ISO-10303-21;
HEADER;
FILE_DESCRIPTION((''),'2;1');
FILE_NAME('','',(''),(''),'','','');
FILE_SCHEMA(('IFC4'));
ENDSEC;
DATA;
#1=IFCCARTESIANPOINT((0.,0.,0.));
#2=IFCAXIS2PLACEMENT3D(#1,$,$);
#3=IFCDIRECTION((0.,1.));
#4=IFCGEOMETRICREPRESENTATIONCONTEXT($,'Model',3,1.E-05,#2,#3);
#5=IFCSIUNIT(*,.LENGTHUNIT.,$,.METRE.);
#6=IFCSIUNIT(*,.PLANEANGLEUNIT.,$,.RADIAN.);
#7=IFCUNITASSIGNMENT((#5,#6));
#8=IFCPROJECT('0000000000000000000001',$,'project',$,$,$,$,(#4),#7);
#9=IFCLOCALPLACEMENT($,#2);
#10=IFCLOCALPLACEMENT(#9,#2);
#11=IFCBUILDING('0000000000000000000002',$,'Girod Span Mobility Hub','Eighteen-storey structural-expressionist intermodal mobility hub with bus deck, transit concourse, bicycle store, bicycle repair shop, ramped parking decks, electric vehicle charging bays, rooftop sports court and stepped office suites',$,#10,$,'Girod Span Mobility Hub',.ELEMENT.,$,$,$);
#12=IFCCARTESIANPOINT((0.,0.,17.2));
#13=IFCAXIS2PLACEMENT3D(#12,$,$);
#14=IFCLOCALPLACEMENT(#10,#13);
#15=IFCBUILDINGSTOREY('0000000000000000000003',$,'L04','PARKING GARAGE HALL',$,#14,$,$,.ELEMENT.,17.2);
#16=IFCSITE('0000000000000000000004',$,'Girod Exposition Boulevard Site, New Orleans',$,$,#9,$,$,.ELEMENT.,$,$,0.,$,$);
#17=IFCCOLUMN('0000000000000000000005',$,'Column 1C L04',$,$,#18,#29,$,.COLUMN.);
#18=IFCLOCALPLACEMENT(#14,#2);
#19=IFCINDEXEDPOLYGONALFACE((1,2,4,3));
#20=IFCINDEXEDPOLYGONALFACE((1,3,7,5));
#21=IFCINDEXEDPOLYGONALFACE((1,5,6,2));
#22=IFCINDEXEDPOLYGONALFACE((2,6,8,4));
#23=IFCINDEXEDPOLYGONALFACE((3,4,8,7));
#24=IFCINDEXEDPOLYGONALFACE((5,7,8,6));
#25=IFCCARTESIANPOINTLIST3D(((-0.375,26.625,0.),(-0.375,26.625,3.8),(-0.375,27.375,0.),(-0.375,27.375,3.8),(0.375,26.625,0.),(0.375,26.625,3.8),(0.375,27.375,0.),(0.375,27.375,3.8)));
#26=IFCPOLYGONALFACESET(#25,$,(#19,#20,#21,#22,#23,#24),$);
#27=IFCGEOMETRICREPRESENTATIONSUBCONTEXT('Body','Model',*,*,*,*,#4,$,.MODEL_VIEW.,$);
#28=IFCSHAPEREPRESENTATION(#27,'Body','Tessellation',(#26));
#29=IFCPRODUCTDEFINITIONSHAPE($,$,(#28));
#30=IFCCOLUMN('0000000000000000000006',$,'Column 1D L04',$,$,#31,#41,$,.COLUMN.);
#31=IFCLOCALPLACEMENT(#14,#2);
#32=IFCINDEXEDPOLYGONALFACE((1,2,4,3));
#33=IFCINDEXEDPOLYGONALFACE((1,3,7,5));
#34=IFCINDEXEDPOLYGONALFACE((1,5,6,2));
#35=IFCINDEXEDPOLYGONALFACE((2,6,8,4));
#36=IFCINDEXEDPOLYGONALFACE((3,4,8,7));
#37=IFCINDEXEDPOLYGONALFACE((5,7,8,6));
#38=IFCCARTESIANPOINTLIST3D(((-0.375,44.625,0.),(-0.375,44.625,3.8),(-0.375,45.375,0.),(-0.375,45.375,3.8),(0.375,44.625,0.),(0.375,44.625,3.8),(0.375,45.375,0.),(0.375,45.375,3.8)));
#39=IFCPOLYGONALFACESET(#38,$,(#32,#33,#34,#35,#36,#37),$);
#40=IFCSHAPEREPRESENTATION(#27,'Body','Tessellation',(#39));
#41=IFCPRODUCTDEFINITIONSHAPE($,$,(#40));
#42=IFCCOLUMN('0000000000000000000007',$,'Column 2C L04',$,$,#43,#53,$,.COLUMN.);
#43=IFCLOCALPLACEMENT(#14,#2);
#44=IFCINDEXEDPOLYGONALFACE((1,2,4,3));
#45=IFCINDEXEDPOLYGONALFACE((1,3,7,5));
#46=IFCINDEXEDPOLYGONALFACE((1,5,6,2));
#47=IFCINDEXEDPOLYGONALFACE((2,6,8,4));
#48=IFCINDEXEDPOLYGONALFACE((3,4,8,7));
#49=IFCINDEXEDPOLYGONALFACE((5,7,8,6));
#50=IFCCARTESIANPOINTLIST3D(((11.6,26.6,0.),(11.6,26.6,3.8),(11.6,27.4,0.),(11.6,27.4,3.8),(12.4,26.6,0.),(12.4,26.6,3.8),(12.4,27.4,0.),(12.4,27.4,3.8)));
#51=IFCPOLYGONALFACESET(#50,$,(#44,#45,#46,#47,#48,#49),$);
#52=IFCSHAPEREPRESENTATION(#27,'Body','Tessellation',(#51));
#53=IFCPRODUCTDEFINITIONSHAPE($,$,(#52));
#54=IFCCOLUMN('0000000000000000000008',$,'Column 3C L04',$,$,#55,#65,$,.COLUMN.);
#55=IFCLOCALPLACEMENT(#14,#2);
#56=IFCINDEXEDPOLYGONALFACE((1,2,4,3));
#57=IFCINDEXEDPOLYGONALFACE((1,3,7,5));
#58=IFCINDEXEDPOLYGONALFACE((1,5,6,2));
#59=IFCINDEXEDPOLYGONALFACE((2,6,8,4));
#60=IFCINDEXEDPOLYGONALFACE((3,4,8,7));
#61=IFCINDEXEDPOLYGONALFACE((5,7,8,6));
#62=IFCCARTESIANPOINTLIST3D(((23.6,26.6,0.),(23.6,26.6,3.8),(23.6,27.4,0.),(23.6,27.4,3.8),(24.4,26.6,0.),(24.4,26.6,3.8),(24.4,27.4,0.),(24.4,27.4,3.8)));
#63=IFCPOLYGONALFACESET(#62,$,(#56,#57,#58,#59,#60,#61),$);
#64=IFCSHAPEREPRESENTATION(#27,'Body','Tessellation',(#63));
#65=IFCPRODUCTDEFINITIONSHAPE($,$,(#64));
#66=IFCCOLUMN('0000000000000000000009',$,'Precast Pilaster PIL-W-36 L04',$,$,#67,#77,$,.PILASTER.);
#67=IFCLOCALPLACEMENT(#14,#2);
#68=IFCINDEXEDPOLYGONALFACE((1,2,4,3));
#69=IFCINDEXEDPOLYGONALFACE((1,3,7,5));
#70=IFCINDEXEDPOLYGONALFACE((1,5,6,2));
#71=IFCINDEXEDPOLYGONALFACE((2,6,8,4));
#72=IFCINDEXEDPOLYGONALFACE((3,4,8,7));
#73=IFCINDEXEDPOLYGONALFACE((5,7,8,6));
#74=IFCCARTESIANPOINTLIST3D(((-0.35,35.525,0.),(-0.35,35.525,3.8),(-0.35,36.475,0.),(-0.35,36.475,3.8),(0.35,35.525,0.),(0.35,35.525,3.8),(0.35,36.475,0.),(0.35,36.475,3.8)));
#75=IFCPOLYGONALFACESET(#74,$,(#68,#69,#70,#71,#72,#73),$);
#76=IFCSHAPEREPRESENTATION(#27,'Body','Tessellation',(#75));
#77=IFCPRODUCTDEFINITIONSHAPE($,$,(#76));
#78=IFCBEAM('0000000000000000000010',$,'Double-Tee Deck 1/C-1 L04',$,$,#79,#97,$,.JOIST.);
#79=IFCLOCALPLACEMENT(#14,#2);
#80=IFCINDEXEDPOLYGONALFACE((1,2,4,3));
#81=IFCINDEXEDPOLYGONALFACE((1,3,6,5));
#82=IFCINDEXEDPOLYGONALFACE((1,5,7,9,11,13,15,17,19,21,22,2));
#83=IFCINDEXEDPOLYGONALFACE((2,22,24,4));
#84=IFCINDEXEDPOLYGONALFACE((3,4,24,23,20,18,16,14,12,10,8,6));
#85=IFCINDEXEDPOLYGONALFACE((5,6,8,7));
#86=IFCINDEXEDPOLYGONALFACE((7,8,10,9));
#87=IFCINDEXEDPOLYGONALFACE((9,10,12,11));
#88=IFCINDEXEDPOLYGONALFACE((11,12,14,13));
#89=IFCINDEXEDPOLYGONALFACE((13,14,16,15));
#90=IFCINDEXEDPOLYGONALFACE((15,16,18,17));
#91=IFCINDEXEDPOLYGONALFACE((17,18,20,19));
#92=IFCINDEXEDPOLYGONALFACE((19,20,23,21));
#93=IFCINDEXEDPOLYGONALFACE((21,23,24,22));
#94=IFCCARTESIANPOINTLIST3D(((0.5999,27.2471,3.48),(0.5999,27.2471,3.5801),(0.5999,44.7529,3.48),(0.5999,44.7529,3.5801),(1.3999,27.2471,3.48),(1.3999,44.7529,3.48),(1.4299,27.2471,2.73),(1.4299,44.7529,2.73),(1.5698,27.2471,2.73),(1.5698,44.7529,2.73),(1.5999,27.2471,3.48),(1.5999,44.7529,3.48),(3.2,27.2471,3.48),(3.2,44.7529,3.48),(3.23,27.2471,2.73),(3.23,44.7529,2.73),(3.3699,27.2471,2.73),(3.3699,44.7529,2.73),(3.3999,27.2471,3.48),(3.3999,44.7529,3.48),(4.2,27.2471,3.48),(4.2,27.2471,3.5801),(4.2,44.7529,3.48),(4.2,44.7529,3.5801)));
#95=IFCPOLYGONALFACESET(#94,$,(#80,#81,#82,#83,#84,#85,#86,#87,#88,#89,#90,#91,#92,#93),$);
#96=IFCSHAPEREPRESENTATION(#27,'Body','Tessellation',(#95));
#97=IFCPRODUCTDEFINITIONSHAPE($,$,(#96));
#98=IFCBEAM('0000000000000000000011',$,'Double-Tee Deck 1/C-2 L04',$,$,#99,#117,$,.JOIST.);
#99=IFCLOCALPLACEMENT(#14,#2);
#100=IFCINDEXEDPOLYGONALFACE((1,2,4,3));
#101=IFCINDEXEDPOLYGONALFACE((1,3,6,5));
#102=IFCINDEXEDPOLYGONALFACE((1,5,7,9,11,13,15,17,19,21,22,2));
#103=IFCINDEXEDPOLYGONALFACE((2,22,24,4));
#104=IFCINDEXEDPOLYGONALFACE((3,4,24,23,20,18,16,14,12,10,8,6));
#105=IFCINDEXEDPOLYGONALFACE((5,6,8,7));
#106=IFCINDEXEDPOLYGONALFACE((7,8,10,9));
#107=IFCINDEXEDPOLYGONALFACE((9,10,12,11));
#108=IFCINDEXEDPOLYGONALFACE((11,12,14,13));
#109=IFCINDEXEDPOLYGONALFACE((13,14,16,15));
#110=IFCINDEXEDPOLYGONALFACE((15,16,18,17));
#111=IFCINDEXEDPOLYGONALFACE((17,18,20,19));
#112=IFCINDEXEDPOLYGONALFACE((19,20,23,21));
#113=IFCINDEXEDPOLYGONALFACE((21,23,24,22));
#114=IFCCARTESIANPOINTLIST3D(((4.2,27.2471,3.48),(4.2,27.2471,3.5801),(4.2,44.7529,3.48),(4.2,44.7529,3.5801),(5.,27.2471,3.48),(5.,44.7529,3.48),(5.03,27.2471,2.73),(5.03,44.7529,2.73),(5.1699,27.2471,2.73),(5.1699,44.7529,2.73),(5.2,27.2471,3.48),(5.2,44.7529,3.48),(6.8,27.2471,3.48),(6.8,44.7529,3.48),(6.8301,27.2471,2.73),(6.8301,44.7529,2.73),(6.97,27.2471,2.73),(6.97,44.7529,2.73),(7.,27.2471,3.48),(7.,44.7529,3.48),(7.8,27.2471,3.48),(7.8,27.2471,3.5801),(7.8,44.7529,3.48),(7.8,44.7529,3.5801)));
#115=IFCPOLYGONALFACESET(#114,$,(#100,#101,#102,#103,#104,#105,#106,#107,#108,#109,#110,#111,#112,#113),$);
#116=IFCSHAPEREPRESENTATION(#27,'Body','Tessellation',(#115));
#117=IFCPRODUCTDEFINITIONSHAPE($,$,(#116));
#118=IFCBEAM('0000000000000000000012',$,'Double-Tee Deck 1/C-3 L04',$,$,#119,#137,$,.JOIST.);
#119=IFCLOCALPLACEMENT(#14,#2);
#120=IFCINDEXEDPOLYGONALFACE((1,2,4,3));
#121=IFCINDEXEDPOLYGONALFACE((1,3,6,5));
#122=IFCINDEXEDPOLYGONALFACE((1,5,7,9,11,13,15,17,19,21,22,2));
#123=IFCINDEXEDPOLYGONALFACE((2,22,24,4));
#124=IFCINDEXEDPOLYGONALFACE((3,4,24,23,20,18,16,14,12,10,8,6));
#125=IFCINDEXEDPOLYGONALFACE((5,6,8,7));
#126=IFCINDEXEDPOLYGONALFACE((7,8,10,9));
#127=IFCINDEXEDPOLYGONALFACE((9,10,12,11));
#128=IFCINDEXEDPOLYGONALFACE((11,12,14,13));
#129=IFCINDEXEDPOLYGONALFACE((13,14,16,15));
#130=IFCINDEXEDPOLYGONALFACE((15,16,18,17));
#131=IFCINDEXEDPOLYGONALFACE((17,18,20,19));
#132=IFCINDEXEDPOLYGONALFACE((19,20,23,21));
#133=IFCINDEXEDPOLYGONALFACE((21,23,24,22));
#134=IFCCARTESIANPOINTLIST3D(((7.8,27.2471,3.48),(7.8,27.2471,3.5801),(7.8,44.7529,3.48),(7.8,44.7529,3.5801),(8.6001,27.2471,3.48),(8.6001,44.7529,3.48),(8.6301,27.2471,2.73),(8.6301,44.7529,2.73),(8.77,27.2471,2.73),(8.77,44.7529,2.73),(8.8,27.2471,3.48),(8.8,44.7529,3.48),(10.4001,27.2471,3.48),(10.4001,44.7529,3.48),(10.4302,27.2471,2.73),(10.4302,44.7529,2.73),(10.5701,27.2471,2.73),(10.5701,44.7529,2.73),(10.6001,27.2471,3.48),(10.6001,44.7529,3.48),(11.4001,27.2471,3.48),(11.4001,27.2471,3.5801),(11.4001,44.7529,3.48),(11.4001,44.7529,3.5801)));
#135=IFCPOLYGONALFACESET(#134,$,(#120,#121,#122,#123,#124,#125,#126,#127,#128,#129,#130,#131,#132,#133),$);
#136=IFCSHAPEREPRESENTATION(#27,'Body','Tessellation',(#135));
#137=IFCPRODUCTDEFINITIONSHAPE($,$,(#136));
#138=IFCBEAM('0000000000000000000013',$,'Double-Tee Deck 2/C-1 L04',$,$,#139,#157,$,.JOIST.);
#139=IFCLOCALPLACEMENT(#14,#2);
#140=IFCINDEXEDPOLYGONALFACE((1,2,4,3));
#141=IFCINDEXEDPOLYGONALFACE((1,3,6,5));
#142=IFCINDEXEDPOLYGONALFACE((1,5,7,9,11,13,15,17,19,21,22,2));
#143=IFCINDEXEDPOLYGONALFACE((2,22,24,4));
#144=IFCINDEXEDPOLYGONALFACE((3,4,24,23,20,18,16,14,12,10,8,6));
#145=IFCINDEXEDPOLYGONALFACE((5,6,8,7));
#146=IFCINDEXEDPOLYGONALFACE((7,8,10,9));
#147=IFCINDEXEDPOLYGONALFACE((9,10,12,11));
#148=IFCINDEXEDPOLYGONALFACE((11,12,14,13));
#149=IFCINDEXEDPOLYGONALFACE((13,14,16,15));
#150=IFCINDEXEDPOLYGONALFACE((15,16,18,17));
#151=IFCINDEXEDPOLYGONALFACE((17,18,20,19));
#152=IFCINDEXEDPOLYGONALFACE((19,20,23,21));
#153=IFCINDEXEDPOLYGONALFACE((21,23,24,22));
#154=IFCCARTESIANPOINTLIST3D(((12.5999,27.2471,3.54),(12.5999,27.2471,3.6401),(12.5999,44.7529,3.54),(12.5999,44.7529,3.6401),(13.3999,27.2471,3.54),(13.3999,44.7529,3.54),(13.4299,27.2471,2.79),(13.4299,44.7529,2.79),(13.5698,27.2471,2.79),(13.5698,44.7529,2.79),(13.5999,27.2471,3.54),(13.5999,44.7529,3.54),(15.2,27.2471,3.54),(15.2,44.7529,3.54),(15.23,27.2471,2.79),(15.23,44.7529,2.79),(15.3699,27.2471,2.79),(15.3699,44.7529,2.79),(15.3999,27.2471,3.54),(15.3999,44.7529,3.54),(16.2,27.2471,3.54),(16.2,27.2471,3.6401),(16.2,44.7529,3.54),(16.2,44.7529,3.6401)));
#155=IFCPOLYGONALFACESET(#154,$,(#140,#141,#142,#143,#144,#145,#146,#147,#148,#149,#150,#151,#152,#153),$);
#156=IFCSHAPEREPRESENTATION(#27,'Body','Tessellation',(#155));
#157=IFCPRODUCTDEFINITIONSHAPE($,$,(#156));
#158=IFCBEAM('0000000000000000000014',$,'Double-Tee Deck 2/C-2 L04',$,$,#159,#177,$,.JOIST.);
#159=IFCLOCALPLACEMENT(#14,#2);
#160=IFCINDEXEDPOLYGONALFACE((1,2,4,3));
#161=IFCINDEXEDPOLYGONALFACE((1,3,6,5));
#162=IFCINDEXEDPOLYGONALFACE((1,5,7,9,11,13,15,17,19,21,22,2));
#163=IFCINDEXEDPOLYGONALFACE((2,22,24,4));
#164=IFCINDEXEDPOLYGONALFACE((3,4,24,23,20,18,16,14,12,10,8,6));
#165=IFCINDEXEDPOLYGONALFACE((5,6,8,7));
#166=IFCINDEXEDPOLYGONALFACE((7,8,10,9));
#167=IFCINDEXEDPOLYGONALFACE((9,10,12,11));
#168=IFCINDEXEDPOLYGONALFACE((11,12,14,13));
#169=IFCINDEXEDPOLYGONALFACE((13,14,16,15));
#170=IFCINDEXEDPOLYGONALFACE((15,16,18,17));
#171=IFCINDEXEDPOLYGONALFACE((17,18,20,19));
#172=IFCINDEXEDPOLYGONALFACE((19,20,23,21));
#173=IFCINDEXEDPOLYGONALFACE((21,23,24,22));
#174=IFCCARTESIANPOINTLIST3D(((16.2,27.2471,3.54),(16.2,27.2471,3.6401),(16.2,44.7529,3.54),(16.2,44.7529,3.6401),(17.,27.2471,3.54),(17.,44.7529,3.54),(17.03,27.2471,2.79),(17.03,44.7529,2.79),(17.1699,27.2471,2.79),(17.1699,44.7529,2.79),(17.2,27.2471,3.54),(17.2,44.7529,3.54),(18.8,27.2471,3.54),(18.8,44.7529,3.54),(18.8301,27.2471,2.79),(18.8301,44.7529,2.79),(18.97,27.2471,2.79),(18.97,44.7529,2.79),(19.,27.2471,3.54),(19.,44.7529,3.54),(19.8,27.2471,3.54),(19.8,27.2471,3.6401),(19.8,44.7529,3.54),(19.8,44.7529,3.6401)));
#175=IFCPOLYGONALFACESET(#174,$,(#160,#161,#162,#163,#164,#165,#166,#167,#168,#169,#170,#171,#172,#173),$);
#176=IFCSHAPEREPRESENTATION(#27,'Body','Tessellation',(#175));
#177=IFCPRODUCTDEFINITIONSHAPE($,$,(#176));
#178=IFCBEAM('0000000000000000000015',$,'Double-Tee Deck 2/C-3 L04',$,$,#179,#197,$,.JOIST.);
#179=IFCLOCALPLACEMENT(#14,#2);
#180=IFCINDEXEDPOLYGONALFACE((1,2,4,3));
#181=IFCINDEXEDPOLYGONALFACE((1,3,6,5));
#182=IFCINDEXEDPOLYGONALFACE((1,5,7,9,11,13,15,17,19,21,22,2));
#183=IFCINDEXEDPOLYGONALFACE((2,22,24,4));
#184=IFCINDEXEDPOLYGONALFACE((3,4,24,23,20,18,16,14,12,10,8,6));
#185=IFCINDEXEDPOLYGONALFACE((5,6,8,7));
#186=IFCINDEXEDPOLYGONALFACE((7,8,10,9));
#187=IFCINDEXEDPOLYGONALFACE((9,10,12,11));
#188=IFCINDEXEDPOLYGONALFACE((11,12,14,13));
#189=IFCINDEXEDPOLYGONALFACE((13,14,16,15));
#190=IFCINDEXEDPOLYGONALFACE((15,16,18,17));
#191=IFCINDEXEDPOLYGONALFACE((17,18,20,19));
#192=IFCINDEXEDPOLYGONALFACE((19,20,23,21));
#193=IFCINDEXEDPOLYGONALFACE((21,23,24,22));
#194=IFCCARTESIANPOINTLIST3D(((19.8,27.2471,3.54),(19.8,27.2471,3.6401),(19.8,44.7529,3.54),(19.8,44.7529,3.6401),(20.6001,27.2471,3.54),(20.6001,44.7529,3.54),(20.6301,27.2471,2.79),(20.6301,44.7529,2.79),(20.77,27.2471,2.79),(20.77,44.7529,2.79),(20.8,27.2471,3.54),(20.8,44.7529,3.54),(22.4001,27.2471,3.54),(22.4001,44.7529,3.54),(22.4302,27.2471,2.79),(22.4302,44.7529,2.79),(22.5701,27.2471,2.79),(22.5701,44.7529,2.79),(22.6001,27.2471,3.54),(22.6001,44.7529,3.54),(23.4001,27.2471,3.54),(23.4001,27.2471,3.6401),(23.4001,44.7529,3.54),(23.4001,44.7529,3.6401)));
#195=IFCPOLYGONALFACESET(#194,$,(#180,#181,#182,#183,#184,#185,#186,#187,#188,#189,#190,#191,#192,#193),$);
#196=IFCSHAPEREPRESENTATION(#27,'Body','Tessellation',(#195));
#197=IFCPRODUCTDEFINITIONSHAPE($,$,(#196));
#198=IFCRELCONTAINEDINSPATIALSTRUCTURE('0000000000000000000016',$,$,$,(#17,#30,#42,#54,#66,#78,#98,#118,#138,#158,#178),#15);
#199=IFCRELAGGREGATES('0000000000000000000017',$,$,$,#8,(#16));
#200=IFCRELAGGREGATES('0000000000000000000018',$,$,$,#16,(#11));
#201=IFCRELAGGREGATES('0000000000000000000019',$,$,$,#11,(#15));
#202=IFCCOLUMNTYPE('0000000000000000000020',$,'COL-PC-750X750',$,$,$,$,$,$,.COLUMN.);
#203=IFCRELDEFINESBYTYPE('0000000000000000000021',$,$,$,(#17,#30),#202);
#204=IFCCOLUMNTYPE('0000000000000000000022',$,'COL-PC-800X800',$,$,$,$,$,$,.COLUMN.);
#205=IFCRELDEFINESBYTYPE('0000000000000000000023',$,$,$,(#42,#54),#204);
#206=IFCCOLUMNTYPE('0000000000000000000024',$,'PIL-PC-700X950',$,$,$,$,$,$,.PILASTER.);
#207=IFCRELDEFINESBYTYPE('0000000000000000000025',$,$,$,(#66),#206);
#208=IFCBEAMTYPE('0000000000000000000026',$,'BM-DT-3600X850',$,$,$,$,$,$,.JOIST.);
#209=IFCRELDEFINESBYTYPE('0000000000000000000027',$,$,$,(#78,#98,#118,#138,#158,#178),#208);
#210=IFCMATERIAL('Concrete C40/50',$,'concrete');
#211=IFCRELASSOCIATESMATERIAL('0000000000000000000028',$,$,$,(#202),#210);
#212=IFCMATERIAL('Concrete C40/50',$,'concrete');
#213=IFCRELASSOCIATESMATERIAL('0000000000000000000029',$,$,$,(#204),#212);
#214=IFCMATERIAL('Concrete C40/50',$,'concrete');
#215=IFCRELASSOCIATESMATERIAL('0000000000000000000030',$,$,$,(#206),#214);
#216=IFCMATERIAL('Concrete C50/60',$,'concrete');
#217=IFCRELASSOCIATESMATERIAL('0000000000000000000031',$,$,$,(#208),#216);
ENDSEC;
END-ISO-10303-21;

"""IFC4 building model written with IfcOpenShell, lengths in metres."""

from ifc_helpers import new_model, si_unit, direction, frame, origin, origin_2d, place, context, subcontext, project, spatial, polyline, rectangle, outline, extrude, material, material_profile, profile_set, type_object, element, save


model = new_model("IFC4")

# Units and contexts
model_context = context("Model", 3, precision=1e-05, world=origin(), true_north=direction((0.0, 1.0)))
body_context = subcontext(model_context, "Body", "Model", "MODEL_VIEW")
ifc_project = project(units=[si_unit("LENGTHUNIT", "METRE"), si_unit("PLANEANGLEUNIT", "RADIAN")], contexts=[model_context])

# Site, building, storey
site_placement = place(None, origin())
site = spatial("IfcSite", under=ifc_project, at=site_placement, Name="Girod Exposition Boulevard Site, New Orleans", CompositionType="ELEMENT", RefElevation=0.0)
building_placement = place(site_placement, origin())
building = spatial("IfcBuilding", under=site, at=building_placement, Name="Girod Span Mobility Hub", Description="Eighteen-storey structural-expressionist intermodal mobility hub with bus deck, transit concourse, bicycle store, bicycle repair shop, ramped parking decks, electric vehicle charging bays, rooftop sports court and stepped office suites", LongName="Girod Span Mobility Hub", CompositionType="ELEMENT")
storey_placement = place(building_placement, frame((0.0, 0.0, 17.2)))
storey = spatial("IfcBuildingStorey", under=building, at=storey_placement, Name="L04", Description="PARKING GARAGE HALL", CompositionType="ELEMENT", Elevation=17.2)

# Columns
ifc_material_1 = material(Name="Concrete C40/50", Category="concrete")
ifc_material_profile_1 = material_profile(ifc_material_1, rectangle(XDim=0.75, YDim=0.75, at=origin_2d()), Name="PC-COL-750X750")
ifc_profile_set_1 = profile_set([ifc_material_profile_1], Name="Concrete C40/50")
column_type_1 = type_object("IfcColumnType", Name="COL-PC-750X750", PredefinedType="COLUMN", material=ifc_profile_set_1)
for number, where, z_axis, x_axis, name in (
    (1, (0.0, 27.0, 0.0), (0.0, 0.0, 1.0), (1.0, 0.0, 0.0), "Column 1C L04"),
    (2, (0.0, 45.0, 0.0), (0.0, 0.0, 1.0), (1.0, 0.0, 0.0), "Column 1D L04"),
):
    element("IfcColumn", number, at=place(storey_placement, frame(where, z_axis=z_axis, x_axis=x_axis)), inside=storey, type_object=column_type_1, Name=name, PredefinedType="COLUMN", context=body_context, shape_type="SweptSolid", body=[
        extrude(rectangle(XDim=0.75, YDim=0.75, at=origin_2d()), origin(), (0.0, 0.0, 1.0), 3.8),
    ])
ifc_material_2 = material(Name="Concrete C40/50", Category="concrete")
ifc_material_profile_2 = material_profile(ifc_material_2, rectangle(XDim=0.8, YDim=0.8, at=origin_2d()), Name="PC-COL-800X800")
ifc_profile_set_2 = profile_set([ifc_material_profile_2], Name="Concrete C40/50")
column_type_2 = type_object("IfcColumnType", Name="COL-PC-800X800", PredefinedType="COLUMN", material=ifc_profile_set_2)
for number, where, z_axis, x_axis, name in (
    (3, (12.0, 27.0, 0.0), (0.0, 0.0, 1.0), (1.0, 0.0, 0.0), "Column 2C L04"),
    (4, (24.0, 27.0, 0.0), (0.0, 0.0, 1.0), (1.0, 0.0, 0.0), "Column 3C L04"),
):
    element("IfcColumn", number, at=place(storey_placement, frame(where, z_axis=z_axis, x_axis=x_axis)), inside=storey, type_object=column_type_2, Name=name, PredefinedType="COLUMN", context=body_context, shape_type="SweptSolid", body=[
        extrude(rectangle(XDim=0.8, YDim=0.8, at=origin_2d()), origin(), (0.0, 0.0, 1.0), 3.8),
    ])
ifc_material_3 = material(Name="Concrete C40/50", Category="concrete")
ifc_material_profile_3 = material_profile(ifc_material_3, rectangle(XDim=0.7, YDim=0.95, at=origin_2d()), Name="PC-PIL-700X950")
ifc_profile_set_3 = profile_set([ifc_material_profile_3], Name="Concrete C40/50")
column_type_3 = type_object("IfcColumnType", Name="PIL-PC-700X950", PredefinedType="PILASTER", material=ifc_profile_set_3)
column_placement = place(storey_placement, frame((0.0, 36.0, 0.0), z_axis=(0.0, 0.0, 1.0), x_axis=(1.0, 0.0, 0.0)))
element("IfcColumn", 5, at=column_placement, inside=storey, type_object=column_type_3, Name="Precast Pilaster PIL-W-36 L04", PredefinedType="PILASTER", context=body_context, shape_type="SweptSolid", body=[
    extrude(rectangle(XDim=0.7, YDim=0.95, at=origin_2d()), origin(), (0.0, 0.0, 1.0), 3.8),
])

# Beams
ifc_material_4 = material(Name="Concrete C50/60", Category="concrete")
ifc_material_profile_4 = material_profile(ifc_material_4, outline(polyline([(-1.8, 0.425), (-1.8, 0.325), (-1.0, 0.325), (-0.97, -0.425), (-0.8301, -0.425), (-0.8, 0.325), (0.8, 0.325), (0.8301, -0.425), (0.97, -0.425), (1.0, 0.325), (1.8, 0.325), (1.8, 0.425), (-1.8, 0.425)])), Name="DT-3600X850")
ifc_profile_set_4 = profile_set([ifc_material_profile_4], Name="Concrete C50/60")
beam_type_1 = type_object("IfcBeamType", Name="BM-DT-3600X850", PredefinedType="JOIST", material=ifc_profile_set_4)
for number, where, z_axis, x_axis, name in (
    (6, (2.3999, 27.2471, 3.155), (0.0, 1.0, 0.0), (-1.0, 0.0, 0.0), "Double-Tee Deck 1/C-1 L04"),
    (7, (6.0, 27.2471, 3.155), (0.0, 1.0, 0.0), (-1.0, 0.0, 0.0), "Double-Tee Deck 1/C-2 L04"),
    (8, (9.6001, 27.2471, 3.155), (0.0, 1.0, 0.0), (-1.0, 0.0, 0.0), "Double-Tee Deck 1/C-3 L04"),
    (9, (14.3999, 27.2471, 3.2151), (0.0, 1.0, 0.0), (-1.0, 0.0, 0.0), "Double-Tee Deck 2/C-1 L04"),
    (10, (18.0, 27.2471, 3.2151), (0.0, 1.0, 0.0), (-1.0, 0.0, 0.0), "Double-Tee Deck 2/C-2 L04"),
    (11, (21.6001, 27.2471, 3.2151), (0.0, 1.0, 0.0), (-1.0, 0.0, 0.0), "Double-Tee Deck 2/C-3 L04"),
):
    element("IfcBeam", number, at=place(storey_placement, frame(where, z_axis=z_axis, x_axis=x_axis)), inside=storey, type_object=beam_type_1, Name=name, PredefinedType="JOIST", context=body_context, shape_type="SweptSolid", body=[
        extrude(outline(polyline([(-1.8, 0.425), (-1.8, 0.325), (-1.0, 0.325), (-0.97, -0.425), (-0.8301, -0.425), (-0.8, 0.325), (0.8, 0.325), (0.8301, -0.425), (0.97, -0.425), (1.0, 0.325), (1.8, 0.325), (1.8, 0.425), (-1.8, 0.425)])), origin(), (0.0, 0.0, 1.0), 17.5059),
    ])

save(model, "model.ifc")
